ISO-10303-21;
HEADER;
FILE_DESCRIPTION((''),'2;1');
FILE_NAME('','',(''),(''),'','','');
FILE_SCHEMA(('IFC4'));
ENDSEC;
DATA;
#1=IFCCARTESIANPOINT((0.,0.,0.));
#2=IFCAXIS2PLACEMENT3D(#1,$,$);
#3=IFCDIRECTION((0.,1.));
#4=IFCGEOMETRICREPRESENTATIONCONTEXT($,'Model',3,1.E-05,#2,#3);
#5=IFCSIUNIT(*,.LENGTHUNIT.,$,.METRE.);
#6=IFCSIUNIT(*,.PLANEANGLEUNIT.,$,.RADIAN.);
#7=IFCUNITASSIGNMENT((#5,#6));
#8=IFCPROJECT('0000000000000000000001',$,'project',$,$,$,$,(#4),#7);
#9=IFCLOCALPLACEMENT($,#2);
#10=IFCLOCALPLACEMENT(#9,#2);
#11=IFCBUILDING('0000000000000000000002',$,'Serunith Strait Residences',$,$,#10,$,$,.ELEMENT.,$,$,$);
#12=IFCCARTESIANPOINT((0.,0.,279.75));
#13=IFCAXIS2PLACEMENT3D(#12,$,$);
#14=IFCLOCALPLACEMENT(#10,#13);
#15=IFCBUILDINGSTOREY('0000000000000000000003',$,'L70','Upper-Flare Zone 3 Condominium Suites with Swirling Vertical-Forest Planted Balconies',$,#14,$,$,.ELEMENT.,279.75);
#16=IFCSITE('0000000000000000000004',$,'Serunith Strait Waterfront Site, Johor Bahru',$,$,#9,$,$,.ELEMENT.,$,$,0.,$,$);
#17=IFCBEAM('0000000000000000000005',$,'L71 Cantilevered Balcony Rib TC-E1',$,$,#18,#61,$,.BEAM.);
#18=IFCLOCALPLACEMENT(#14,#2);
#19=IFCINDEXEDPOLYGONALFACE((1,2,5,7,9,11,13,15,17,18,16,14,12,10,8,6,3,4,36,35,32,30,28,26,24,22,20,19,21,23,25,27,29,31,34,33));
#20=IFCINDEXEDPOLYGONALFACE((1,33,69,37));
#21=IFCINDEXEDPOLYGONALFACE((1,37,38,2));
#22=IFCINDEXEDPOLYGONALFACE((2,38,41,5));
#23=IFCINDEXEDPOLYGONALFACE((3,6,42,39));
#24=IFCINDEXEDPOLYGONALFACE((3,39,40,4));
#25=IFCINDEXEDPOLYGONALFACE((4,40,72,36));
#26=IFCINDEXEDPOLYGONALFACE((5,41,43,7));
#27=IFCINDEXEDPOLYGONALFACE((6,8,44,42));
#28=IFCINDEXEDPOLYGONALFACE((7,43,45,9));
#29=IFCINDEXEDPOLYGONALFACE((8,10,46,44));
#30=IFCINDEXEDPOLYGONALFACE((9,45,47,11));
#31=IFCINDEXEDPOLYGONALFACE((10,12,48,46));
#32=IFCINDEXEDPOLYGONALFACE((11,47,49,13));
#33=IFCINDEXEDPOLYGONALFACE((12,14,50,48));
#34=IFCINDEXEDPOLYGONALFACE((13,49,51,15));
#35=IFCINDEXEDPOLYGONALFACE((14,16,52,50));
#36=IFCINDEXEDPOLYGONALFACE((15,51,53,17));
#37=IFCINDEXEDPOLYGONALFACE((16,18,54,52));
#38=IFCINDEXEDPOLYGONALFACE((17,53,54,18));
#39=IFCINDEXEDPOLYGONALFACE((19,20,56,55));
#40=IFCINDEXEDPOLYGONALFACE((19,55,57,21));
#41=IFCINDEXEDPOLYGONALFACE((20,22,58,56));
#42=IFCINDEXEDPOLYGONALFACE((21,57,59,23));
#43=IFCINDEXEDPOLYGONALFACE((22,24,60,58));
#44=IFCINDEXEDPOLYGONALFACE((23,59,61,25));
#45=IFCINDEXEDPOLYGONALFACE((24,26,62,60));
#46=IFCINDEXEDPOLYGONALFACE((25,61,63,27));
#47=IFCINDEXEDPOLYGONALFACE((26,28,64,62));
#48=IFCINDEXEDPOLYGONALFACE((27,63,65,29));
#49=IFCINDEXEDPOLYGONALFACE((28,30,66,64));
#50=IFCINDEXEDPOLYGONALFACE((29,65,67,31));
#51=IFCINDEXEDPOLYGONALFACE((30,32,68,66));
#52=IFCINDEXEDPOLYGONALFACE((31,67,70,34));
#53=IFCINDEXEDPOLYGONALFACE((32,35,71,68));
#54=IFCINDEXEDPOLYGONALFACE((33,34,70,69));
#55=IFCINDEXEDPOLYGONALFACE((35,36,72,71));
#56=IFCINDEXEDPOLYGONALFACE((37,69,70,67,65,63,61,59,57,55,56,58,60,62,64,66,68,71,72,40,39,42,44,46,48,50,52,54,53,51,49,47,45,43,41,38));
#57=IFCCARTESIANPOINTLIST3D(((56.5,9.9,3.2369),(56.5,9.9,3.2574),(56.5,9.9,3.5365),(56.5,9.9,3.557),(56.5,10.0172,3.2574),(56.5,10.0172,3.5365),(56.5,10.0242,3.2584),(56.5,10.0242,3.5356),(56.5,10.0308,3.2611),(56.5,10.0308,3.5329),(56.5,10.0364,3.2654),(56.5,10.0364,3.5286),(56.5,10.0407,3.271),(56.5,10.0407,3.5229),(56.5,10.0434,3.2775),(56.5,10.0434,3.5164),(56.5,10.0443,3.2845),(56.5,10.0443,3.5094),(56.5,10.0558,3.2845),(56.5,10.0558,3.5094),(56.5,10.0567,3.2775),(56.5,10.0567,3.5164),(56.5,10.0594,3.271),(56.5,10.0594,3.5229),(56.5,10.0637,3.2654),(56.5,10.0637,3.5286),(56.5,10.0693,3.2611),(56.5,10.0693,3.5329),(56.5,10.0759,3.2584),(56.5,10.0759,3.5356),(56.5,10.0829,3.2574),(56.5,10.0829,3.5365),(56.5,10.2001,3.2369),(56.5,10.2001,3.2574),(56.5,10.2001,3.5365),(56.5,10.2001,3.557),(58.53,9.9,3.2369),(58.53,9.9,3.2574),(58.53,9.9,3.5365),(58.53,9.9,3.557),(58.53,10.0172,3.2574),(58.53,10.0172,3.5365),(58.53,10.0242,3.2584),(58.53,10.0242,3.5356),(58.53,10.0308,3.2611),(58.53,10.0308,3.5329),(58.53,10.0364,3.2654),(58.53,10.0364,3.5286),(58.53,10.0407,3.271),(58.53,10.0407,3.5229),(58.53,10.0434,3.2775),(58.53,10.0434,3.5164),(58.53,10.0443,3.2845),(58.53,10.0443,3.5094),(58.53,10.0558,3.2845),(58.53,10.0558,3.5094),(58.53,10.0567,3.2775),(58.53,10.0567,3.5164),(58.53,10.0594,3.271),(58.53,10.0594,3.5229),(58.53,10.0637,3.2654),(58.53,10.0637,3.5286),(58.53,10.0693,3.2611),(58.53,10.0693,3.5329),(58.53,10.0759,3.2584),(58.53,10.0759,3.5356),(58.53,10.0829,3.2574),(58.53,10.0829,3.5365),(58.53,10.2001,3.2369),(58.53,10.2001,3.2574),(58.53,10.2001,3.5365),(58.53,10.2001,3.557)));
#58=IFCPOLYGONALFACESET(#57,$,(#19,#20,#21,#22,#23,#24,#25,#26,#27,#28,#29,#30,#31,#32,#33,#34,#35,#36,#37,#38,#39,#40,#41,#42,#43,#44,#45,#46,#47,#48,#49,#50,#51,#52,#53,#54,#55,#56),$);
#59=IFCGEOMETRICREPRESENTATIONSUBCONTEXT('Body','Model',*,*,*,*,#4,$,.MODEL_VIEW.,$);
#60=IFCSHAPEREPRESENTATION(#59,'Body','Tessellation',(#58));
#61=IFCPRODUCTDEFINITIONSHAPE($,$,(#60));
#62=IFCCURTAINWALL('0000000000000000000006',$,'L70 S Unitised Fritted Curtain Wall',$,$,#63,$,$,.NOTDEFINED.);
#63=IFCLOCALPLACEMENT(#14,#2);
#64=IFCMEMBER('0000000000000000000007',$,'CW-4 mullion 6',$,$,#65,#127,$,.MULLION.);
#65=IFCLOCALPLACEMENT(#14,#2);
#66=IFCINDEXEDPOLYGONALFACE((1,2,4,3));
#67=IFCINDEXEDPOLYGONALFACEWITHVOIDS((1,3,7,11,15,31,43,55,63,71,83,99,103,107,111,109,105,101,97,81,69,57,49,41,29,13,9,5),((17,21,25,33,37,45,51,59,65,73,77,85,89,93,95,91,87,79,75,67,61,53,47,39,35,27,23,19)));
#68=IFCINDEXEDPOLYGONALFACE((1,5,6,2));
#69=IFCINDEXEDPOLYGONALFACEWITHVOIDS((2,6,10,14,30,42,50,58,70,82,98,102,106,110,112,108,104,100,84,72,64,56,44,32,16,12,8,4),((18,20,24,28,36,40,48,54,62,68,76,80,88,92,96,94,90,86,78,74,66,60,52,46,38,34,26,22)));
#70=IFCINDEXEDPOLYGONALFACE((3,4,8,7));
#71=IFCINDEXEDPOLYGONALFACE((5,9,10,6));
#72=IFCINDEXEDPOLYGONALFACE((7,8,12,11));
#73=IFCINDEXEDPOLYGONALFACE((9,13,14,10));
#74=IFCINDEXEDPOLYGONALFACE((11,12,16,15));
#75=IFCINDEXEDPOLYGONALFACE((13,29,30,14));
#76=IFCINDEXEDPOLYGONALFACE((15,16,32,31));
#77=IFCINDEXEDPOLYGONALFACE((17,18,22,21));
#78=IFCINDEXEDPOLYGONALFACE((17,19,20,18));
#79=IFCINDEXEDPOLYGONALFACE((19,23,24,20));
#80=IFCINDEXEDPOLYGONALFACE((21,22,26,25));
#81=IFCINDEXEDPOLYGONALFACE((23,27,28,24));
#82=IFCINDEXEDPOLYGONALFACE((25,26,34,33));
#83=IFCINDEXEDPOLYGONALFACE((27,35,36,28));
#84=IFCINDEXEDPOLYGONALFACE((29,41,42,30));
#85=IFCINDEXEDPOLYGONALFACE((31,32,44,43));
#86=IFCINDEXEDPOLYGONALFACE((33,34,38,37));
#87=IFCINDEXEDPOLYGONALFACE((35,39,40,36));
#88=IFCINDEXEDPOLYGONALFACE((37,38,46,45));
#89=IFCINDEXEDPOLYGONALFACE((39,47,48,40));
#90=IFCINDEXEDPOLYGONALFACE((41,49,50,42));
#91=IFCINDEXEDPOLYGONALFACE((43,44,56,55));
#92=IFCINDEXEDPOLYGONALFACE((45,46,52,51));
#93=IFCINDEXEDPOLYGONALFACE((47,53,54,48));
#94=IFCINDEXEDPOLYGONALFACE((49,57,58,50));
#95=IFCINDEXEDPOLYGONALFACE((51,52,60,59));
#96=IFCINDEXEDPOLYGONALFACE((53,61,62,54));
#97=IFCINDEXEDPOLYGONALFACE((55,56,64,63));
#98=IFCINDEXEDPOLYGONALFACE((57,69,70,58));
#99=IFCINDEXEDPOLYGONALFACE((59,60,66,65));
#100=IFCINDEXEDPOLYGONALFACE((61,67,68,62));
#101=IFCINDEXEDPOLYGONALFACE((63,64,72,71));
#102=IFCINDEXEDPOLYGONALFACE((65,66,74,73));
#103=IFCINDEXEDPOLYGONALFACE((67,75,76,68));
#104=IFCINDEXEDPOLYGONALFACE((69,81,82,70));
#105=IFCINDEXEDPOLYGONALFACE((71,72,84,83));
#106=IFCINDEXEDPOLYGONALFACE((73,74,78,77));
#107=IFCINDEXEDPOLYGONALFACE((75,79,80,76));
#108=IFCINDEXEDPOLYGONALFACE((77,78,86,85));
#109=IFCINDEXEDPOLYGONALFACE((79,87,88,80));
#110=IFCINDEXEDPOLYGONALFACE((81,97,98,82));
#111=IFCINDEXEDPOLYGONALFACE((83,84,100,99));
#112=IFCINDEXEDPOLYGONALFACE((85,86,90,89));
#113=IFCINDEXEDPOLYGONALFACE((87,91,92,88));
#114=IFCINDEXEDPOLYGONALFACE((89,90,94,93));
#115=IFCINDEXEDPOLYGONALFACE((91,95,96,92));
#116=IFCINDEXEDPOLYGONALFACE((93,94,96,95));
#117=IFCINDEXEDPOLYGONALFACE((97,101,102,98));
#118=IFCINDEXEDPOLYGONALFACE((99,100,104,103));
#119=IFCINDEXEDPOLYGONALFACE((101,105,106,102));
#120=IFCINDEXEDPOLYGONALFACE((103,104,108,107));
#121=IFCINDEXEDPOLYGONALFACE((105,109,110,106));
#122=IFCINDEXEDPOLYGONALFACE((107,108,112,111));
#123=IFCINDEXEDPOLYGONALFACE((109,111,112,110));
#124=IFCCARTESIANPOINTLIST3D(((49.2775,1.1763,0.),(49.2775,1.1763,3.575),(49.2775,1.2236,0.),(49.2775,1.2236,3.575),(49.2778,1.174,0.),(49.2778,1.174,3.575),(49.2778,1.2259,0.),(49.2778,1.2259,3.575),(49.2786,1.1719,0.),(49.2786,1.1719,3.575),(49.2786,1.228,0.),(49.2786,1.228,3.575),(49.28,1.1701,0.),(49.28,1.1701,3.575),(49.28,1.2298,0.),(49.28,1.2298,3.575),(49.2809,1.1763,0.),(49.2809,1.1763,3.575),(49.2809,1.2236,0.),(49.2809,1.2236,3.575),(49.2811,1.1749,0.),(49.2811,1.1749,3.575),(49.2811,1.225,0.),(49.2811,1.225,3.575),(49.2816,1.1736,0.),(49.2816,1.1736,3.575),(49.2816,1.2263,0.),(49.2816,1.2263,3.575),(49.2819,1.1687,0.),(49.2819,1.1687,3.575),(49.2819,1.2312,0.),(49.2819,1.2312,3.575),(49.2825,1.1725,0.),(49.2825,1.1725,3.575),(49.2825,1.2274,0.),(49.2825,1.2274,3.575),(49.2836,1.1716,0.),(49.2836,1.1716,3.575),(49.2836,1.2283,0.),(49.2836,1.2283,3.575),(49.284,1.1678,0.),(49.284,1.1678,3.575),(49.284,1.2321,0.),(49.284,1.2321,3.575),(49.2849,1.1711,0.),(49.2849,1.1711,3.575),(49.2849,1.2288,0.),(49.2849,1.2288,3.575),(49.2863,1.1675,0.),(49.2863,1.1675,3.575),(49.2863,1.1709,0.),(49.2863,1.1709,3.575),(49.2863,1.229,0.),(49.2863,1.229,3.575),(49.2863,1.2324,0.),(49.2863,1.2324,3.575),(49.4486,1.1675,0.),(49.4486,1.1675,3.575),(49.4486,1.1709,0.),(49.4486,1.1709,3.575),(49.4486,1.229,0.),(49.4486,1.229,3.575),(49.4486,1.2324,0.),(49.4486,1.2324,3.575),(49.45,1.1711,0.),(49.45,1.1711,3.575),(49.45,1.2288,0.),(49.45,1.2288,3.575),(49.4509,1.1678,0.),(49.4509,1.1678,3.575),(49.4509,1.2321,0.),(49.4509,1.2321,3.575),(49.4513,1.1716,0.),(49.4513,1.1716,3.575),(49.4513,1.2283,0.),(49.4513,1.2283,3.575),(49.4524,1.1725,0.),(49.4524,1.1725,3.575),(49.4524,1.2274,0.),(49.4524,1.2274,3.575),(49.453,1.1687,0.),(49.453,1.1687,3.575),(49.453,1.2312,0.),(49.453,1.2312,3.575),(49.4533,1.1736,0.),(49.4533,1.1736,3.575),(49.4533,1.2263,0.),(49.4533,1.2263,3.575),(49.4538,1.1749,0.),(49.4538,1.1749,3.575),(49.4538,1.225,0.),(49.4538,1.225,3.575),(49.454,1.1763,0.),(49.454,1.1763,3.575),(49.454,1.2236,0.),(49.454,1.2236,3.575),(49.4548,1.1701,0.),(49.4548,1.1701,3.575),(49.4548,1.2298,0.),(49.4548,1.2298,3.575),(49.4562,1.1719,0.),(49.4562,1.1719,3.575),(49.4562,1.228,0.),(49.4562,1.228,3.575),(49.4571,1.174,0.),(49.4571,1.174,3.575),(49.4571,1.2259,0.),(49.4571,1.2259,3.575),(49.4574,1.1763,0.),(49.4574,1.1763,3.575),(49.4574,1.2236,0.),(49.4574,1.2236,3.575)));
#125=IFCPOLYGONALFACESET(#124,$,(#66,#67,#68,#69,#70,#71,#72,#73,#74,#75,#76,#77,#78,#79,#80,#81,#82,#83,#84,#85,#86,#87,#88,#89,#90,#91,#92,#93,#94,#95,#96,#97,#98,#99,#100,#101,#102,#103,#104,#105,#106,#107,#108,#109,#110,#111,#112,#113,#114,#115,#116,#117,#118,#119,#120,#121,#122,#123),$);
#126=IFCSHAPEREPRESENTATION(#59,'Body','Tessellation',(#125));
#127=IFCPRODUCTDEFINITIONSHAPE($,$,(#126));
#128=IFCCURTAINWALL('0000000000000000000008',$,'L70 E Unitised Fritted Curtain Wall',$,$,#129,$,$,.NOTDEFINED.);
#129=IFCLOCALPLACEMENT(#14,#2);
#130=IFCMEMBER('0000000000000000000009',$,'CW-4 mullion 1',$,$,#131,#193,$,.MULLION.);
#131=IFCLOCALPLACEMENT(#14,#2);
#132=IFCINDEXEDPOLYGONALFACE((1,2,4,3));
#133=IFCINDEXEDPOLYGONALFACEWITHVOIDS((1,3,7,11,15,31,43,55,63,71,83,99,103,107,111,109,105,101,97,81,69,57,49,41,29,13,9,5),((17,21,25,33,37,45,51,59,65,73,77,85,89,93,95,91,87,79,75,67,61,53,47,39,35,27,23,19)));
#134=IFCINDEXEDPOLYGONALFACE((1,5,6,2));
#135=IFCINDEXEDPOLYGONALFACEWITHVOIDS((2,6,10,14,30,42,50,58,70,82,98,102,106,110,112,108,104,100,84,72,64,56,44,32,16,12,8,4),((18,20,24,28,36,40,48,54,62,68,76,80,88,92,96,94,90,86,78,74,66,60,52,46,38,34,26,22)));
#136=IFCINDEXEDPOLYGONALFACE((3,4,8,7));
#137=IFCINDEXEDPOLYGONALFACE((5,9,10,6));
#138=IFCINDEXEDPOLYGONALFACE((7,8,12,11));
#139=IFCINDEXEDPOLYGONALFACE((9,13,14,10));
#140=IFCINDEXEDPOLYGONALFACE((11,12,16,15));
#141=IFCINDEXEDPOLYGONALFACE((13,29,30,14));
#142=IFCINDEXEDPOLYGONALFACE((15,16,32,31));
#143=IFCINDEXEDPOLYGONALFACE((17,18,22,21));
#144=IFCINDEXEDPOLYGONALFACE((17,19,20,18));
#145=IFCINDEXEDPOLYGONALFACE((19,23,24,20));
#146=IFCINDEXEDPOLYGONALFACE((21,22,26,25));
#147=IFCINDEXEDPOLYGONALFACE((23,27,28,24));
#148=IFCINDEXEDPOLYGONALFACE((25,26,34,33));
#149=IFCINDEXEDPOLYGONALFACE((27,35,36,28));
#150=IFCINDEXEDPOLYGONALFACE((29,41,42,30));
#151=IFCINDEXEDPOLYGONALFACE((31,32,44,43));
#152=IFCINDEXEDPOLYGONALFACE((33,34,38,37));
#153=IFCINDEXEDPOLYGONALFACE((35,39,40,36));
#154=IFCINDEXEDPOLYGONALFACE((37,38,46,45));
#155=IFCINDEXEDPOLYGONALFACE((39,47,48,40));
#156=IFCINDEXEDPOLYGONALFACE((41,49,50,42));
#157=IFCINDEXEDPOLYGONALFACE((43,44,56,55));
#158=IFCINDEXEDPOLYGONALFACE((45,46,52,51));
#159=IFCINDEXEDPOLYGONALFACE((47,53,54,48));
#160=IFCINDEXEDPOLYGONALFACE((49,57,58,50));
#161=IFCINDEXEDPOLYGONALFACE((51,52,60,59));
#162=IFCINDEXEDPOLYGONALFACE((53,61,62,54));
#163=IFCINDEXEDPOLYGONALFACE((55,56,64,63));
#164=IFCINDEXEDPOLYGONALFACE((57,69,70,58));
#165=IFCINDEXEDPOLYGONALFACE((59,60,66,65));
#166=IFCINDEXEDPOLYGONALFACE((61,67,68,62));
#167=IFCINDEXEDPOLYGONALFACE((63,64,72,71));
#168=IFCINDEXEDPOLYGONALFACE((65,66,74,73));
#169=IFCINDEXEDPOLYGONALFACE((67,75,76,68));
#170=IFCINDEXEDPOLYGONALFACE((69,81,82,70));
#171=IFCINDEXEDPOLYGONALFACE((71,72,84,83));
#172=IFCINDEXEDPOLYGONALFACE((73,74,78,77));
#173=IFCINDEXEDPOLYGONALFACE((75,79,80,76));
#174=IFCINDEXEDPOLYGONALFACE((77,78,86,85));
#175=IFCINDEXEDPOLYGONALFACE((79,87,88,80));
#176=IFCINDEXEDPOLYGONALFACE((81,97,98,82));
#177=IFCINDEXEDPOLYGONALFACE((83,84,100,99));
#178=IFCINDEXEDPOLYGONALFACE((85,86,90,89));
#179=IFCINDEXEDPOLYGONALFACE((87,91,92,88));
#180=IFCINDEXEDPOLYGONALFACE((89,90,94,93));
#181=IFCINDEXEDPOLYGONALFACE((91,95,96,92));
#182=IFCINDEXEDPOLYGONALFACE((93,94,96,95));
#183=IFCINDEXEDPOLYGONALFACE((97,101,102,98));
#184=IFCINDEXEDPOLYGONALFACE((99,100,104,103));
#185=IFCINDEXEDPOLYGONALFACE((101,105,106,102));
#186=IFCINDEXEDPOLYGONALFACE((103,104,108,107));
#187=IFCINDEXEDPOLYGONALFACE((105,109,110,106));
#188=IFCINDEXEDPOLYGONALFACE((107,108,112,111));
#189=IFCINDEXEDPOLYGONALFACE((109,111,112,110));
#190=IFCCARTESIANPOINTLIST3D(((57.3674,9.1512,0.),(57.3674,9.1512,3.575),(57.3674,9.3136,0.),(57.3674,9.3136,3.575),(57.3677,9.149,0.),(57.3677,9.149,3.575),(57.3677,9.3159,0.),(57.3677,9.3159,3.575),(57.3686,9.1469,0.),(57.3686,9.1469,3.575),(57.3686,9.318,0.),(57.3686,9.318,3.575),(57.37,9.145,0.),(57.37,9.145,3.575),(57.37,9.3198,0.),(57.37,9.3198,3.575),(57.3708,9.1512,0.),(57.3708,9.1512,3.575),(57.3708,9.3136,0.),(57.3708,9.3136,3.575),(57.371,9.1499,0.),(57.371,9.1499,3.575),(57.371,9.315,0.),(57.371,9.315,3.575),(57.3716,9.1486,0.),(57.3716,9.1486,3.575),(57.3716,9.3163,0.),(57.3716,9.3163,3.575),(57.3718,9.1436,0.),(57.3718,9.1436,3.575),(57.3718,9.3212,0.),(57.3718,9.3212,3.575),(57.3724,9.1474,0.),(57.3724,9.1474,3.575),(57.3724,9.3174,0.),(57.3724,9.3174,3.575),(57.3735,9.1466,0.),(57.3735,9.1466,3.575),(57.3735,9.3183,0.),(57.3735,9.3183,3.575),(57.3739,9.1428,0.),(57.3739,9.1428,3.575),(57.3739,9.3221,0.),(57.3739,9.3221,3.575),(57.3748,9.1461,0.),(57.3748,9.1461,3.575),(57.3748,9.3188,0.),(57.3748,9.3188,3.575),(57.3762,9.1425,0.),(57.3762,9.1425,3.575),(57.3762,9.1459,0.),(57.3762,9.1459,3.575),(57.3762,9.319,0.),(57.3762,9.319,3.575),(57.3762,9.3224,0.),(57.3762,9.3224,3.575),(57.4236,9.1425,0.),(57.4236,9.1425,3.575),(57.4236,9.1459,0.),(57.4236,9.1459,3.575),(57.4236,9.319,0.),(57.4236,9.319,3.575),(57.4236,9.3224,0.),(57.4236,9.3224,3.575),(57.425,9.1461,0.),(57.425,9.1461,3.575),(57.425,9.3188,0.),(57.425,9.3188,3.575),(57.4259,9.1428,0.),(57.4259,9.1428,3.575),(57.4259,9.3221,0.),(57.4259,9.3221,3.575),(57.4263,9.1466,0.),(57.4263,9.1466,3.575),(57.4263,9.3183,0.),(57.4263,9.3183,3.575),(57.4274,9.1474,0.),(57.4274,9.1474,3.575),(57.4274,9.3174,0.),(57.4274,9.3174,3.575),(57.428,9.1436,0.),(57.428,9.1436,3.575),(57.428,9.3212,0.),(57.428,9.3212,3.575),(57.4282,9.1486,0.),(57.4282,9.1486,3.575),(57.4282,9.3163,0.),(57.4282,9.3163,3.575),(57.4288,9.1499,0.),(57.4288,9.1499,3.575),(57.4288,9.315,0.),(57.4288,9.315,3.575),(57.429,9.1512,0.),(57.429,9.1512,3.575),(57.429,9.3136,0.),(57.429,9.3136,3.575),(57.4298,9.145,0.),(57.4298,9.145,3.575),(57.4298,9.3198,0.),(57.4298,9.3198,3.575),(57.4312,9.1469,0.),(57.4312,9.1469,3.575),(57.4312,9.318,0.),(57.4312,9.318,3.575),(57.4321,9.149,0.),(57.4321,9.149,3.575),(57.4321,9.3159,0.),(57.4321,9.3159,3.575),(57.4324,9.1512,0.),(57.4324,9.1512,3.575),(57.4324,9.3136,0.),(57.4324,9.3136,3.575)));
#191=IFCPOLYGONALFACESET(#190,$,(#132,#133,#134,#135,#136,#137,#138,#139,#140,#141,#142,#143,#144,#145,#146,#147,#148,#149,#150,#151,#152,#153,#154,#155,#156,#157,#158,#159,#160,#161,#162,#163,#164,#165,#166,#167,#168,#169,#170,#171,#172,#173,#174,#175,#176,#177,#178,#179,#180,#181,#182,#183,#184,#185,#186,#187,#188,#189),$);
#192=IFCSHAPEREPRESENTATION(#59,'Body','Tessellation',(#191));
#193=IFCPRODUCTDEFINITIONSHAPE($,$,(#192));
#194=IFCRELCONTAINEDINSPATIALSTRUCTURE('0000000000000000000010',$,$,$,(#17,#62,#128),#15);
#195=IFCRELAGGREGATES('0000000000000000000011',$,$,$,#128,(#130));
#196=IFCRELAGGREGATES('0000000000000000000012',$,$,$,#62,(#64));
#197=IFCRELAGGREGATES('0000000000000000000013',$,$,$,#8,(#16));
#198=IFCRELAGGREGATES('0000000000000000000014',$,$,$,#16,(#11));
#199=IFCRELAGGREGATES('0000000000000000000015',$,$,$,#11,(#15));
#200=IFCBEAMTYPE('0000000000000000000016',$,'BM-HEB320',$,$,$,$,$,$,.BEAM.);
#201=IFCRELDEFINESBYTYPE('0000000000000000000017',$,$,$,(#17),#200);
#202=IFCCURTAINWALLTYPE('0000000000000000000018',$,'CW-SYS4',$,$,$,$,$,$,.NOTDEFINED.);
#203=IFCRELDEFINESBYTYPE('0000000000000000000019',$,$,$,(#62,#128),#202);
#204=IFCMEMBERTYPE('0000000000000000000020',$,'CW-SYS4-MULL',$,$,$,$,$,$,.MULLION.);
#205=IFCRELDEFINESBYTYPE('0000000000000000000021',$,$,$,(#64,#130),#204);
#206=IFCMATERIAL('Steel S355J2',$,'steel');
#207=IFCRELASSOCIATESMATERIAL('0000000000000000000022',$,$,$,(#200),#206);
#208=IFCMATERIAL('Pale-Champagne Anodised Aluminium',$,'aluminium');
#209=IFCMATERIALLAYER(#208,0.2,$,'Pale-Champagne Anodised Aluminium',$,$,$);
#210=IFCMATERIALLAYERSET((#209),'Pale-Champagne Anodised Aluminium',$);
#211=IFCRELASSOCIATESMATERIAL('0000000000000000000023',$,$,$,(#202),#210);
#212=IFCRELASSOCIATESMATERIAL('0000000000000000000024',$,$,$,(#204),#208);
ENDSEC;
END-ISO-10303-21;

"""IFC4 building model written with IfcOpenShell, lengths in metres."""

from ifc_helpers import new_model, si_unit, direction, frame, origin, origin_2d, place, context, subcontext, project, spatial, hollow_rectangle, i_section, extrude, source, transform, mapped, material, layer, layer_set, material_profile, profile_set, type_object, element, aggregate, save


model = new_model("IFC4")

# Units and contexts
model_context = context("Model", 3, precision=1e-05, world=origin(), true_north=direction((0.0, 1.0)))
body_context = subcontext(model_context, "Body", "Model", "MODEL_VIEW")
ifc_project = project(units=[si_unit("LENGTHUNIT", "METRE"), si_unit("PLANEANGLEUNIT", "RADIAN")], contexts=[model_context])

# Site, building, storey
site_placement = place(None, origin())
site = spatial("IfcSite", under=ifc_project, at=site_placement, Name="Serunith Strait Waterfront Site, Johor Bahru", CompositionType="ELEMENT", RefElevation=0.0)
building_placement = place(site_placement, origin())
building = spatial("IfcBuilding", under=site, at=building_placement, Name="Serunith Strait Residences", CompositionType="ELEMENT")
storey_placement = place(building_placement, frame((0.0, 0.0, 279.75)))
storey = spatial("IfcBuildingStorey", under=building, at=storey_placement, Name="L70", Description="Upper-Flare Zone 3 Condominium Suites with Swirling Vertical-Forest Planted Balconies", CompositionType="ELEMENT", Elevation=279.75)

# Beam
ifc_material_1 = material(Name="Steel S355J2", Category="steel")
ifc_material_profile_1 = material_profile(ifc_material_1, i_section(OverallWidth=0.3, OverallDepth=0.3201, WebThickness=0.0115, FlangeThickness=0.0205, FilletRadius=0.0271, at=origin_2d()), Name="HEB 320")
ifc_profile_set_1 = profile_set([ifc_material_profile_1], Name="Steel S355J2")
beam_type_1 = type_object("IfcBeamType", Name="BM-HEB320", PredefinedType="BEAM", material=ifc_profile_set_1)
shared_shape_1 = source(origin(), body_context, "Body", "SweptSolid", [
    extrude(i_section(OverallWidth=0.3, OverallDepth=0.3201, WebThickness=0.0115, FlangeThickness=0.0205, FilletRadius=0.0271, at=origin_2d()), origin(), (0.0, 0.0, 1.0), 2.03),
])
for number, where, z_axis, x_axis, name in (
    (1, (56.5, 10.05, 3.397), (1.0, 0.0, 0.0), (0.0, 1.0, 0.0), "L71 Cantilevered Balcony Rib TC-E1"),
):
    element("IfcBeam", number, at=place(storey_placement, frame(where, z_axis=z_axis, x_axis=x_axis)), inside=storey, type_object=beam_type_1, Name=name, PredefinedType="BEAM", context=body_context, shape_type="MappedRepresentation", body=[
        mapped(shared_shape_1, transform((0.0, 0.0, 0.0), scale=1.0)),
    ])

# Curtain wall, member
ifc_material_2 = material(Name="Pale-Champagne Anodised Aluminium", Category="aluminium")
ifc_layer_1 = layer(ifc_material_2, 0.2, Name="Pale-Champagne Anodised Aluminium")
ifc_layer_set_1 = layer_set([ifc_layer_1], Name="Pale-Champagne Anodised Aluminium")
curtain_wall_type = type_object("IfcCurtainWallType", Name="CW-SYS4", PredefinedType="NOTDEFINED", material=ifc_layer_set_1)
curtain_wall_1_placement = place(storey_placement, origin())
curtain_wall_1 = element("IfcCurtainWall", 2, at=curtain_wall_1_placement, inside=storey, type_object=curtain_wall_type, Name="L70 S Unitised Fritted Curtain Wall", PredefinedType="NOTDEFINED")
ifc_material_profile_2 = material_profile(ifc_material_2, hollow_rectangle(XDim=0.0649, YDim=0.1799, WallThickness=0.0034, InnerFilletRadius=0.0054, OuterFilletRadius=0.0088, at=origin_2d()), Name="ALU 180x65x3.5")
ifc_profile_set_2 = profile_set([ifc_material_profile_2], Name="Pale-Champagne Anodised Aluminium")
member_type_1 = type_object("IfcMemberType", Name="CW-SYS4-MULL", PredefinedType="MULLION", material=ifc_profile_set_2)
shared_shape_2 = source(origin(), body_context, "Body", "SweptSolid", [
    extrude(hollow_rectangle(XDim=0.0649, YDim=0.1799, WallThickness=0.0034, InnerFilletRadius=0.0054, OuterFilletRadius=0.0088, at=origin_2d()), origin(), (0.0, 0.0, 1.0), 3.575),
])
member_1_placement = place(storey_placement, frame((49.3674, 1.2, 0.0), z_axis=(0.0, 0.0, 1.0), x_axis=(0.0, 1.0, 0.0)))
member_1 = element("IfcMember", 3, at=member_1_placement, type_object=member_type_1, Name="CW-4 mullion 6", PredefinedType="MULLION", context=body_context, shape_type="MappedRepresentation", body=[
    mapped(shared_shape_2, transform((0.0, 0.0, 0.0), scale=1.0)),
])

# Curtain wall, member
curtain_wall_2_placement = place(storey_placement, origin())
curtain_wall_2 = element("IfcCurtainWall", 4, at=curtain_wall_2_placement, inside=storey, type_object=curtain_wall_type, Name="L70 E Unitised Fritted Curtain Wall", PredefinedType="NOTDEFINED")
member_2_placement = place(storey_placement, frame((57.3999, 9.2324, 0.0), z_axis=(0.0, 0.0, 1.0), x_axis=(-1.0, 0.0, 0.0)))
member_2 = element("IfcMember", 5, at=member_2_placement, type_object=member_type_1, Name="CW-4 mullion 1", PredefinedType="MULLION", context=body_context, shape_type="MappedRepresentation", body=[
    mapped(shared_shape_2, transform((0.0, 0.0, 0.0), scale=1.0)),
])
aggregate(curtain_wall_2, [member_2])

aggregate(curtain_wall_1, [member_1])

save(model, "model.ifc")
